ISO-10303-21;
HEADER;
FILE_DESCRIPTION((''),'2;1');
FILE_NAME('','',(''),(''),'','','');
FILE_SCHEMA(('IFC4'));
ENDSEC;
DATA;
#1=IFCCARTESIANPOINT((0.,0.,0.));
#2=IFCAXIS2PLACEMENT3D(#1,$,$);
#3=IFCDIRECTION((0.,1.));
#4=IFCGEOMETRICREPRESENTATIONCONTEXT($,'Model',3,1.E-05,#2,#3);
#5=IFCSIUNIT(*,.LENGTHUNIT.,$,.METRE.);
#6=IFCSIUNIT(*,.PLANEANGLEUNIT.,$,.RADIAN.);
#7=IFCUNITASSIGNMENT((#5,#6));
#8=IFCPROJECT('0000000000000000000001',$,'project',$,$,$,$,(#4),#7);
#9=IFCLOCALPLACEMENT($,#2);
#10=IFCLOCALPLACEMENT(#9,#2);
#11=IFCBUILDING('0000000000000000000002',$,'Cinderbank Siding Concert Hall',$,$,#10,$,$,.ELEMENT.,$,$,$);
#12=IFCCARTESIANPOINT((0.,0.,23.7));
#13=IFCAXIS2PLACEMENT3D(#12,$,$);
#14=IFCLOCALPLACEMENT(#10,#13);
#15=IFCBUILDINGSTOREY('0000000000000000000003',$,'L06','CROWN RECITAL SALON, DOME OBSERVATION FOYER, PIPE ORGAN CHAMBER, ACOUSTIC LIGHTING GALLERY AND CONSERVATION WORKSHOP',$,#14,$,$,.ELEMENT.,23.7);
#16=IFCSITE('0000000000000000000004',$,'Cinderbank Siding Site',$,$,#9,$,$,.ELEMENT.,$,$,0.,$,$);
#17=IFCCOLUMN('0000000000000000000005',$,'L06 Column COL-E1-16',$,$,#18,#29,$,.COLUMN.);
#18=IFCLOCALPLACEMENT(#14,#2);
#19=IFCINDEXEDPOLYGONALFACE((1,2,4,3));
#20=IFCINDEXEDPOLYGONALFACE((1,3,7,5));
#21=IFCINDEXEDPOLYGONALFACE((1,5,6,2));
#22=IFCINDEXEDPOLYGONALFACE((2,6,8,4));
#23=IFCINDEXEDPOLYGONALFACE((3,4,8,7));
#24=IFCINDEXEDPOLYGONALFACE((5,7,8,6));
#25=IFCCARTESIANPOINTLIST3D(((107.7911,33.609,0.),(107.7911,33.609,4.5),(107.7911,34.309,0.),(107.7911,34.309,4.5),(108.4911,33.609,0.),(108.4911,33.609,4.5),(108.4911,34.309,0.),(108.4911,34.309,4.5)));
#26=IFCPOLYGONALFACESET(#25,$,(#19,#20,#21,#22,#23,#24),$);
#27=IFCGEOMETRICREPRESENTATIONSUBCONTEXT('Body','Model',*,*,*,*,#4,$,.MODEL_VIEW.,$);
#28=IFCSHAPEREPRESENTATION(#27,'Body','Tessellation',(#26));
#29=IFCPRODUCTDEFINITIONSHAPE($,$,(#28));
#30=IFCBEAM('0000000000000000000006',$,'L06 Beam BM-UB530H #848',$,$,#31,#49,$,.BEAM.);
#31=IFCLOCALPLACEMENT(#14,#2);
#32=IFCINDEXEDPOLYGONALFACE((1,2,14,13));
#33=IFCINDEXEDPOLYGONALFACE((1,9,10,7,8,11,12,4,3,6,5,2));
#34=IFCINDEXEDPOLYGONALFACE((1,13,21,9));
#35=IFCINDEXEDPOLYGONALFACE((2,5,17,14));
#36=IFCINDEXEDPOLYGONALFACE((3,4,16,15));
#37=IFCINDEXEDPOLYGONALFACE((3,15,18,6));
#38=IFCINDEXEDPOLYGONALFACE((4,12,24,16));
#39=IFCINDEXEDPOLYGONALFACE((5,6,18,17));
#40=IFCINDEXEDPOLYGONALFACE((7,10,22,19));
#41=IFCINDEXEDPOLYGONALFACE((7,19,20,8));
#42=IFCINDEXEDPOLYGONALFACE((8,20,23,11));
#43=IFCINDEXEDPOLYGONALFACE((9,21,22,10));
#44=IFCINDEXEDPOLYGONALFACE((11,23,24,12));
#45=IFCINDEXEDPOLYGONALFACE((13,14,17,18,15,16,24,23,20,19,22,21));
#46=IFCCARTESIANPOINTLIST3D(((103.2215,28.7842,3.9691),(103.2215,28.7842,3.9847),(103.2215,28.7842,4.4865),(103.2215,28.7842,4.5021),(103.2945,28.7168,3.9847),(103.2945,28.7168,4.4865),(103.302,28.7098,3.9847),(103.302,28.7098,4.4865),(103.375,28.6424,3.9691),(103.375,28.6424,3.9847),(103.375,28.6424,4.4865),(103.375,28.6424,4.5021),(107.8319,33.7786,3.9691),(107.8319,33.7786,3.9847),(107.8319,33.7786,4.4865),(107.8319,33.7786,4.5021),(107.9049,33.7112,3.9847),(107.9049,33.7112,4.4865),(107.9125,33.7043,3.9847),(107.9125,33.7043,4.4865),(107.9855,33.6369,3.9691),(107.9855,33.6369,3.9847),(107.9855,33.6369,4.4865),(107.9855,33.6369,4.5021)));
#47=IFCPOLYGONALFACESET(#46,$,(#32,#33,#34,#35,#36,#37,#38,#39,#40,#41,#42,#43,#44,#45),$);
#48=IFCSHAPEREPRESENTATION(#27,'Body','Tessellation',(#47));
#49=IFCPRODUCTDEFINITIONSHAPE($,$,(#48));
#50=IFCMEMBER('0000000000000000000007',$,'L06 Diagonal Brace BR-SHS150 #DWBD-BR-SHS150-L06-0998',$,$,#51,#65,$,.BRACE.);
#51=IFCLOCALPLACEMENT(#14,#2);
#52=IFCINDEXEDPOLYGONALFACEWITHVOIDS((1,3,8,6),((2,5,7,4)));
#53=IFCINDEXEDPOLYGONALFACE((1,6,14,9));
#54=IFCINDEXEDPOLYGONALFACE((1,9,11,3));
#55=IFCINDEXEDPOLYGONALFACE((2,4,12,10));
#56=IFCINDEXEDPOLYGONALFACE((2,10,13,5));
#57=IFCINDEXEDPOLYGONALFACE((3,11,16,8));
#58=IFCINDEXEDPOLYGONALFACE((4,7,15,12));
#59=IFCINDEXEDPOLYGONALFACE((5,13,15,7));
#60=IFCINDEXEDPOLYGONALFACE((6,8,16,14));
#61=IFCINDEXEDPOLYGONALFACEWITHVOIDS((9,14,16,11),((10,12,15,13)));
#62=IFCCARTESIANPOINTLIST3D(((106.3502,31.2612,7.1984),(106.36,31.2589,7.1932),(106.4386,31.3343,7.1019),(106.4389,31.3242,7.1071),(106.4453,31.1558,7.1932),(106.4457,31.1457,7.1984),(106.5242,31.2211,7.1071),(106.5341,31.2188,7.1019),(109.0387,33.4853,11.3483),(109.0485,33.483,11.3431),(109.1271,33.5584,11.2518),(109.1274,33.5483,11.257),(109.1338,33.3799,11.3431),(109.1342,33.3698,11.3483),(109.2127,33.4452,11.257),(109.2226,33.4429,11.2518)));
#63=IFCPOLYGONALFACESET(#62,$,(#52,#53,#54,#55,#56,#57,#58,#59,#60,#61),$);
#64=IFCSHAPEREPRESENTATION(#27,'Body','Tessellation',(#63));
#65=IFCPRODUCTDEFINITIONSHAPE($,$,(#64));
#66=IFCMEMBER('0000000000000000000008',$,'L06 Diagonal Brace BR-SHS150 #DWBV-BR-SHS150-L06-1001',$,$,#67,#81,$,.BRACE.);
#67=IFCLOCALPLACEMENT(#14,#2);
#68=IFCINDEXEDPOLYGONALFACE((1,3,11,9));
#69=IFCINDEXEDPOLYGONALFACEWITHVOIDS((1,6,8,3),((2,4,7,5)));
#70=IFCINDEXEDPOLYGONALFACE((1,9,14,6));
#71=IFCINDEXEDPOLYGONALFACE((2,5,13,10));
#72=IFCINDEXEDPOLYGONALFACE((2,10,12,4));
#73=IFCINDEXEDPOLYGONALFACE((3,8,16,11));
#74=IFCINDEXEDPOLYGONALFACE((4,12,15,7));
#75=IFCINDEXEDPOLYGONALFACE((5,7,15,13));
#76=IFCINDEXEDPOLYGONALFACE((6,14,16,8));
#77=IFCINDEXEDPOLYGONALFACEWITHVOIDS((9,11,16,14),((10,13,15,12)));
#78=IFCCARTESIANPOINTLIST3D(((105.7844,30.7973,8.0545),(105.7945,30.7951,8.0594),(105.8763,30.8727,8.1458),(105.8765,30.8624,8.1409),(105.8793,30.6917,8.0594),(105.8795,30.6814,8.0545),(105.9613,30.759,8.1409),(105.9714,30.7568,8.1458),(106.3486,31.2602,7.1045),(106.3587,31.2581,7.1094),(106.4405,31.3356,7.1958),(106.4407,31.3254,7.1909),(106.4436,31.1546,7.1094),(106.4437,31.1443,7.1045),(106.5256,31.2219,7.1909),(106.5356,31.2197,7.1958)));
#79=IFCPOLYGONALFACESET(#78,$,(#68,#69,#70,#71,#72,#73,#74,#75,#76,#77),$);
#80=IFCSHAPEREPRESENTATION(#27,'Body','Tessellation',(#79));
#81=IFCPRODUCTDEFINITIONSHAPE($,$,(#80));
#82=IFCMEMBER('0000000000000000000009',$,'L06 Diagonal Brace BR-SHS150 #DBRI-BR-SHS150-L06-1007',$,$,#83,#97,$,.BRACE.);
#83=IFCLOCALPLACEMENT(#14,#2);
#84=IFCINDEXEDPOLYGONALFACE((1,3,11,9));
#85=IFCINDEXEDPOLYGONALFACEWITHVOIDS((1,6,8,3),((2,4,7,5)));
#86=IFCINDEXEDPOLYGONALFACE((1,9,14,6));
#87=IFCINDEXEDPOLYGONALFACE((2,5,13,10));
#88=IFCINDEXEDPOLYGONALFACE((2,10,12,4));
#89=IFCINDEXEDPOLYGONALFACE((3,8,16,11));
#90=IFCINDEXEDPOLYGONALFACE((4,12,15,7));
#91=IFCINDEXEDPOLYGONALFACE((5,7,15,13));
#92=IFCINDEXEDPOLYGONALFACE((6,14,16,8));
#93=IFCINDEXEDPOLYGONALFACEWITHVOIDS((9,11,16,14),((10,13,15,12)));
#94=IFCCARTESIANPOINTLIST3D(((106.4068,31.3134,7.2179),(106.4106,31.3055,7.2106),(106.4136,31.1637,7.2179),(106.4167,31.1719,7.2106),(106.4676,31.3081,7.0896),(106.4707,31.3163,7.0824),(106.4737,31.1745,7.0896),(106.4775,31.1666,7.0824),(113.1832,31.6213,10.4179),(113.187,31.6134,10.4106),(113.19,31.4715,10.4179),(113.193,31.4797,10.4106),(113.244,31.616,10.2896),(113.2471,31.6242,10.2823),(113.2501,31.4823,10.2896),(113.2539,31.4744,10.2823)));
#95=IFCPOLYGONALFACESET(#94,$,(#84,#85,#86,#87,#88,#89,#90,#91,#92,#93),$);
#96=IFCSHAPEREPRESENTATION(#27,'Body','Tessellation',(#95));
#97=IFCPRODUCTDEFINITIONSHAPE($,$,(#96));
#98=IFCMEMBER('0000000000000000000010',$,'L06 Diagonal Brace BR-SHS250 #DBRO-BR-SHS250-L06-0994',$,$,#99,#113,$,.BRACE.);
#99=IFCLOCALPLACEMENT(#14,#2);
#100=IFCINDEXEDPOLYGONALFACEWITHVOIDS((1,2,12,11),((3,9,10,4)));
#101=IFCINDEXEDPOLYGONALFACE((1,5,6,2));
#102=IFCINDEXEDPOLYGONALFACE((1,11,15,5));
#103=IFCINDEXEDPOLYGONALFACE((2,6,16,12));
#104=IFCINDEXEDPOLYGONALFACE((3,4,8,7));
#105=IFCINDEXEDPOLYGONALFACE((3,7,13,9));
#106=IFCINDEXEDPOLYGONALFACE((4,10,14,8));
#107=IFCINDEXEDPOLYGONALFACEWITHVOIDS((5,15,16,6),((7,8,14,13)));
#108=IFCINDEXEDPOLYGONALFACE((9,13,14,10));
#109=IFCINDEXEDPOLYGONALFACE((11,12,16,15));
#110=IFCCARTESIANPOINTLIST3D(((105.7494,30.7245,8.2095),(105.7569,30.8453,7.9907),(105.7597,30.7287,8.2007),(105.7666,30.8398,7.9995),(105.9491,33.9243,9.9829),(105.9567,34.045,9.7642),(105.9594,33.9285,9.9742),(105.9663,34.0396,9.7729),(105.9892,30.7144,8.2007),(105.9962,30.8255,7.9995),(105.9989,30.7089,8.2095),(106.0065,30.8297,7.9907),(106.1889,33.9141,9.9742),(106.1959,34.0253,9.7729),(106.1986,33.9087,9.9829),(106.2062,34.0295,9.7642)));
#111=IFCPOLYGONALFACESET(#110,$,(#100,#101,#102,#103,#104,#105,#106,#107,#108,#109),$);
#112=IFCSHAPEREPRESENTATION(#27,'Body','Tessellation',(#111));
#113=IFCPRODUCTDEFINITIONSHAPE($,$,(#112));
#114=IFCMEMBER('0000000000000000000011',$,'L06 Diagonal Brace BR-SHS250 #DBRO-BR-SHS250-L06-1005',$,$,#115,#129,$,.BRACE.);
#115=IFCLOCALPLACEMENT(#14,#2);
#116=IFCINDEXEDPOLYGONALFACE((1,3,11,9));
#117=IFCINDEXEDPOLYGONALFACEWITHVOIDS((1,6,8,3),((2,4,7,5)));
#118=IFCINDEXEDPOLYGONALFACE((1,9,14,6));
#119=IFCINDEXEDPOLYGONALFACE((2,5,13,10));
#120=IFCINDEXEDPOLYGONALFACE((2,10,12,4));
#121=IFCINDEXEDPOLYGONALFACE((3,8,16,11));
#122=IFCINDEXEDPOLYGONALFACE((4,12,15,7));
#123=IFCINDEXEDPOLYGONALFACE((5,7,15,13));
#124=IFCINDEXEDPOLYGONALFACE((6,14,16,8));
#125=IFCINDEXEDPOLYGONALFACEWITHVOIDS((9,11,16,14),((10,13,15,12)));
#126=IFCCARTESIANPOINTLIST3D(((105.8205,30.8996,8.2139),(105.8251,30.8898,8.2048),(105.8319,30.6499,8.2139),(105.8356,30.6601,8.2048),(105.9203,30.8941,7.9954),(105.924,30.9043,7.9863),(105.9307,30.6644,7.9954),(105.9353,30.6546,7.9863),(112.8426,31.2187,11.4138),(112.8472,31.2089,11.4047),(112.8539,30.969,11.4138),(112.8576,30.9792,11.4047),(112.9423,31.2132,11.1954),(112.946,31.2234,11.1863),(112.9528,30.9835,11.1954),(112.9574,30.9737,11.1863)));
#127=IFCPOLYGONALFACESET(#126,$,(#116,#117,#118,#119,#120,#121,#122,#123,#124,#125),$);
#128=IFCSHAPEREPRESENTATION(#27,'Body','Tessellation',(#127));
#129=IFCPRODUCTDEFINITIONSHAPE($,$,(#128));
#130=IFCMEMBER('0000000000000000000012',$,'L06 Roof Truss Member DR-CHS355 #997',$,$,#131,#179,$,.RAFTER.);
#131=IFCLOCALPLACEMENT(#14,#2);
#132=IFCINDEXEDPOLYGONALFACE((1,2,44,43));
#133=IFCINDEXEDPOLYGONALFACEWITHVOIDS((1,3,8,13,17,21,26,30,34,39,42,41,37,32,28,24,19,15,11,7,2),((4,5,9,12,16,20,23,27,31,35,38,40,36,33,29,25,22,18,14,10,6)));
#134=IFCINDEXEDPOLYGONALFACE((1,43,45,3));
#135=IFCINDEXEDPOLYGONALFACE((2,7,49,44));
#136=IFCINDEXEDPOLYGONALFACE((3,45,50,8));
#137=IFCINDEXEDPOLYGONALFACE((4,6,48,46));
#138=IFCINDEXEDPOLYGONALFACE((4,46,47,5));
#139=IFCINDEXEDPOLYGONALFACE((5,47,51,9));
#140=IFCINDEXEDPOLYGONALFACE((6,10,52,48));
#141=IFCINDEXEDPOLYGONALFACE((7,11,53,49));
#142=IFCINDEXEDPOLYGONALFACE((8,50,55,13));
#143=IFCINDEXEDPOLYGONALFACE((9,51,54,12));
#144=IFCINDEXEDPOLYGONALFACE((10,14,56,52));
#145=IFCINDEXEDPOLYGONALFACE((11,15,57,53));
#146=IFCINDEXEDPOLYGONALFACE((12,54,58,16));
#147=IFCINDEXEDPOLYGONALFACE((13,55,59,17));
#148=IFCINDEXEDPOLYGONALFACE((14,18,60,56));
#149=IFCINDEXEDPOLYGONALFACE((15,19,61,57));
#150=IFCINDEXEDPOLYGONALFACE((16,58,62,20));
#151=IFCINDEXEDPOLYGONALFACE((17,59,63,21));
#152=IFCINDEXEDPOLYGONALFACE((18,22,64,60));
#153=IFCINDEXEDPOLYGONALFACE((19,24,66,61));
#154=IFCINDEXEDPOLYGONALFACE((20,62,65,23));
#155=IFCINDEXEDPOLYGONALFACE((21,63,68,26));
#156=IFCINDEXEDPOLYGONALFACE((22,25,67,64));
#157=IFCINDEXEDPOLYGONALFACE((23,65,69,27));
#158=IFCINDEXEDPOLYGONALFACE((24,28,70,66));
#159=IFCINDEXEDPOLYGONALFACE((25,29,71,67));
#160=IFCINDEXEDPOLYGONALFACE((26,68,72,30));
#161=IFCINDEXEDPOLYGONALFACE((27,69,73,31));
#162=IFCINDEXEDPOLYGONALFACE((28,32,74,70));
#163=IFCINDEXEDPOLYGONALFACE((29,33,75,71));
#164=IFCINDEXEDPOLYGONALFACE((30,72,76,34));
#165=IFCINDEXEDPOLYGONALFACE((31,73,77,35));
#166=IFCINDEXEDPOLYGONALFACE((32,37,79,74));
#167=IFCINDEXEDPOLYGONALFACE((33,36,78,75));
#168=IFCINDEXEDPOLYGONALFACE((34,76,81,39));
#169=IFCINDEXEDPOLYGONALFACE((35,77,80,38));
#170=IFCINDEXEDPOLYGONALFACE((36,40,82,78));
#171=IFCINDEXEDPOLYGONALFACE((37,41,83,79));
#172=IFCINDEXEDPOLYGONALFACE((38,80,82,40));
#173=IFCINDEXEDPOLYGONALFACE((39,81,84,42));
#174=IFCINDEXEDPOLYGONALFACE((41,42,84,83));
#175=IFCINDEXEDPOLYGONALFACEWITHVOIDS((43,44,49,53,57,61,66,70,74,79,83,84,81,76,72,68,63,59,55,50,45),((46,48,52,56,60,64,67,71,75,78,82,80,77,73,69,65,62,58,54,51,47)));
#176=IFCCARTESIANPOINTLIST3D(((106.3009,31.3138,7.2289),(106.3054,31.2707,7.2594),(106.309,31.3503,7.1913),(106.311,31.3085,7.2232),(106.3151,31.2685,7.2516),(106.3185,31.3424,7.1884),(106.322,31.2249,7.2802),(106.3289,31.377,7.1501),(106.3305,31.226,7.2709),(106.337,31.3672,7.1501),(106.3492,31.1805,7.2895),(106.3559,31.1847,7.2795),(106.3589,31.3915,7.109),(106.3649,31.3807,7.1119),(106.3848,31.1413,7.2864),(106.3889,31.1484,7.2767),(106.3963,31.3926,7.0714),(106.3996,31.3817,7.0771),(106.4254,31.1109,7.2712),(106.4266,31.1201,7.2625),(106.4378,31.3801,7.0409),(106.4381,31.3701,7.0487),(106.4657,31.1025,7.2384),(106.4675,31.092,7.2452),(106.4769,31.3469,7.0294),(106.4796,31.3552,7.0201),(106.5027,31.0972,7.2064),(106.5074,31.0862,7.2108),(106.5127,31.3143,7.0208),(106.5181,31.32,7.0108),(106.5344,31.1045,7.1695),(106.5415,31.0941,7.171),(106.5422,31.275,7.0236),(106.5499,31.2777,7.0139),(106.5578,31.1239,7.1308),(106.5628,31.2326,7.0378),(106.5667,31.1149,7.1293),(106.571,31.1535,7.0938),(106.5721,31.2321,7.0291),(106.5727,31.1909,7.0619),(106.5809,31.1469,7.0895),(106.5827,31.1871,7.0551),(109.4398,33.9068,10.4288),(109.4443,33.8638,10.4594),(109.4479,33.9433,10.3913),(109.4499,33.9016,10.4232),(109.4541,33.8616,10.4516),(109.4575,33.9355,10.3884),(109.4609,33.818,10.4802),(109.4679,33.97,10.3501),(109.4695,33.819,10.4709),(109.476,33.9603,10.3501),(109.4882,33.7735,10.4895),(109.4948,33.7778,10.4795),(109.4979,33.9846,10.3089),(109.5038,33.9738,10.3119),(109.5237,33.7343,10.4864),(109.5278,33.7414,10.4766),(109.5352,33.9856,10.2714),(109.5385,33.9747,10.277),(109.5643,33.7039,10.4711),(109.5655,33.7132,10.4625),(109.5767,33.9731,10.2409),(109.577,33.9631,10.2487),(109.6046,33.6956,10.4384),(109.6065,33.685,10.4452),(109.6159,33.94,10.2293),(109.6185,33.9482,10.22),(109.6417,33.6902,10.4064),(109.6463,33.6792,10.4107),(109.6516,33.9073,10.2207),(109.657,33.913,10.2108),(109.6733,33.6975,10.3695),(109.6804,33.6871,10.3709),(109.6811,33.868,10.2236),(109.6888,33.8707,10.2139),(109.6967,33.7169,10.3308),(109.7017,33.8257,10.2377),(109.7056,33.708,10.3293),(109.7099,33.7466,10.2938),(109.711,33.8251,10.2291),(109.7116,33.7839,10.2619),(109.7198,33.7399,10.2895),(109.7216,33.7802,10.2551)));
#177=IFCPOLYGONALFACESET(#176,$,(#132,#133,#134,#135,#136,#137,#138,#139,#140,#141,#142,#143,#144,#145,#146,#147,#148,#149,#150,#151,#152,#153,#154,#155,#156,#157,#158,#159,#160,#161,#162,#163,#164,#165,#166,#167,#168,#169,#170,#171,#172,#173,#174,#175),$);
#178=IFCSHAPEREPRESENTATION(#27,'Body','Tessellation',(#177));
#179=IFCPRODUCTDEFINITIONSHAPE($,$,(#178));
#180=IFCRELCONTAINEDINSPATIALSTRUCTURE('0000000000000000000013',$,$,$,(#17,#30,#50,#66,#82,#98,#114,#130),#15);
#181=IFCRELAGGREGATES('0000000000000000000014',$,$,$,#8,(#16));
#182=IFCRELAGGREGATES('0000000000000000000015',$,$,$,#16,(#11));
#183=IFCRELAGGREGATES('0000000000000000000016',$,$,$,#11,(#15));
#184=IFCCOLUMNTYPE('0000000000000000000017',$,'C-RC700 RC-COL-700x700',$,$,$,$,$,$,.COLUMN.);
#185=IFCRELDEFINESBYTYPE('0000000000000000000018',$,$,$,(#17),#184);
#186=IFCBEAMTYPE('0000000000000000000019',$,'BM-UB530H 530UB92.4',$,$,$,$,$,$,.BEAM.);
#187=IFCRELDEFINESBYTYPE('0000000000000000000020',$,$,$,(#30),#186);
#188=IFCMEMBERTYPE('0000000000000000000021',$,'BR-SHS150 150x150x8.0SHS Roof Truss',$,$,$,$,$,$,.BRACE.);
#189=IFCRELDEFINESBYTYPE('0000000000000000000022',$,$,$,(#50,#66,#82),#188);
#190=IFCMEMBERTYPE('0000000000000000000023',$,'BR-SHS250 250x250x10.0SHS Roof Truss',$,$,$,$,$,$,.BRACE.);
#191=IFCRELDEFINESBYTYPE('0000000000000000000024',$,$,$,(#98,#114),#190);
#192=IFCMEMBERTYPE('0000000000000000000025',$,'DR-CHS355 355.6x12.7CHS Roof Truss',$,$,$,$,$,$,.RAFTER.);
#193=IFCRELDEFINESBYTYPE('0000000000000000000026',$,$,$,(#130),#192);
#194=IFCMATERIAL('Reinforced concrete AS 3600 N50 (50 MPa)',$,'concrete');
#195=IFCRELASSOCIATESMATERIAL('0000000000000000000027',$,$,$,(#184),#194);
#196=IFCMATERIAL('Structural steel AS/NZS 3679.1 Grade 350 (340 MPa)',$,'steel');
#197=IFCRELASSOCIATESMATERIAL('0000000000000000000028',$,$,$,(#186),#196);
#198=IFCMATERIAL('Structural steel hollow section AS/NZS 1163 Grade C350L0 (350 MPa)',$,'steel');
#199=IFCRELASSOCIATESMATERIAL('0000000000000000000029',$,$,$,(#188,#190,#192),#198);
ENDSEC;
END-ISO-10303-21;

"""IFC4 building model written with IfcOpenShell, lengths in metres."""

from ifc_helpers import new_model, si_unit, direction, frame, origin, origin_2d, place, context, subcontext, project, spatial, rectangle, hollow_rectangle, hollow_circle, i_section, extrude, material, material_profile, profile_set, type_object, element, save


model = new_model("IFC4")

# Units and contexts
model_context = context("Model", 3, precision=1e-05, world=origin(), true_north=direction((0.0, 1.0)))
body_context = subcontext(model_context, "Body", "Model", "MODEL_VIEW")
ifc_project = project(units=[si_unit("LENGTHUNIT", "METRE"), si_unit("PLANEANGLEUNIT", "RADIAN")], contexts=[model_context])

# Site, building, storey
site_placement = place(None, origin())
site = spatial("IfcSite", under=ifc_project, at=site_placement, Name="Cinderbank Siding Site", CompositionType="ELEMENT", RefElevation=0.0)
building_placement = place(site_placement, origin())
building = spatial("IfcBuilding", under=site, at=building_placement, Name="Cinderbank Siding Concert Hall", CompositionType="ELEMENT")
storey_placement = place(building_placement, frame((0.0, 0.0, 23.7)))
storey = spatial("IfcBuildingStorey", under=building, at=storey_placement, Name="L06", Description="CROWN RECITAL SALON, DOME OBSERVATION FOYER, PIPE ORGAN CHAMBER, ACOUSTIC LIGHTING GALLERY AND CONSERVATION WORKSHOP", CompositionType="ELEMENT", Elevation=23.7)

# Column
ifc_material_1 = material(Name="Reinforced concrete AS 3600 N50 (50 MPa)", Category="concrete")
ifc_material_profile_1 = material_profile(ifc_material_1, rectangle(XDim=0.7, YDim=0.7, at=origin_2d()), Name="RC-COL-700x700", Category="LoadBearing")
ifc_profile_set_1 = profile_set([ifc_material_profile_1], Name="Reinforced concrete AS 3600 N50 (50 MPa)")
column_type = type_object("IfcColumnType", Name="C-RC700 RC-COL-700x700", PredefinedType="COLUMN", material=ifc_profile_set_1)
column_placement = place(storey_placement, frame((108.1411, 33.959, 0.0), z_axis=(0.0, 0.0, 1.0), x_axis=(1.0, 0.0, 0.0)))
element("IfcColumn", 1, at=column_placement, inside=storey, type_object=column_type, Name="L06 Column COL-E1-16", PredefinedType="COLUMN", context=body_context, shape_type="SweptSolid", body=[
    extrude(rectangle(XDim=0.7, YDim=0.7, at=origin_2d()), origin(), (0.0, 0.0, 1.0), 4.5),
])

# Beam
ifc_material_2 = material(Name="Structural steel AS/NZS 3679.1 Grade 350 (340 MPa)", Category="steel")
ifc_material_profile_2 = material_profile(ifc_material_2, i_section(OverallWidth=0.209, OverallDepth=0.533, WebThickness=0.0103, FlangeThickness=0.0156, at=origin_2d()), Name="530UB92.4", Category="LoadBearing")
ifc_profile_set_2 = profile_set([ifc_material_profile_2], Name="Structural steel AS/NZS 3679.1 Grade 350 (340 MPa)")
beam_type = type_object("IfcBeamType", Name="BM-UB530H 530UB92.4", PredefinedType="BEAM", material=ifc_profile_set_2)
beam_placement = place(storey_placement, frame((107.9087, 33.7078, 4.2356), z_axis=(-0.678292, -0.734792, 0.0), x_axis=(0.734792, -0.678292, 0.0)))
element("IfcBeam", 2, at=beam_placement, inside=storey, type_object=beam_type, Name="L06 Beam BM-UB530H #848", PredefinedType="BEAM", context=body_context, shape_type="SweptSolid", body=[
    extrude(i_section(OverallWidth=0.209, OverallDepth=0.533, WebThickness=0.0103, FlangeThickness=0.0156, at=origin_2d()), origin(), (0.0, 0.0, 1.0), 6.7971),
])

# Members
ifc_material_3 = material(Name="Structural steel hollow section AS/NZS 1163 Grade C350L0 (350 MPa)", Category="steel")
ifc_material_profile_3 = material_profile(ifc_material_3, hollow_rectangle(XDim=0.1499, YDim=0.1499, WallThickness=0.0081, at=origin_2d()), Name="150x150x8.0SHS", Category="LoadBearing")
ifc_profile_set_3 = profile_set([ifc_material_profile_3], Name="Structural steel hollow section AS/NZS 1163 Grade C350L0 (350 MPa)")
member_type_1 = type_object("IfcMemberType", Name="BR-SHS150 150x150x8.0SHS Roof Truss", PredefinedType="BRACE", material=ifc_profile_set_3)
member_1_placement = place(storey_placement, frame((106.4421, 31.24, 7.1501), z_axis=(0.495861, 0.410215, 0.765405), x_axis=(-0.637427, 0.77051, 0.0)))
element("IfcMember", 3, at=member_1_placement, inside=storey, type_object=member_type_1, Name="L06 Diagonal Brace BR-SHS150 #DWBD-BR-SHS150-L06-0998", PredefinedType="BRACE", context=body_context, shape_type="SweptSolid", body=[
    extrude(hollow_rectangle(XDim=0.1499, YDim=0.1499, WallThickness=0.0081, at=origin_2d()), origin(), (0.0, 0.0, 1.0), 5.4219),
])
member_2_placement = place(storey_placement, frame((106.4421, 31.24, 7.1501), z_axis=(-0.470991, -0.386413, 0.793002), x_axis=(0.634276, -0.773107, 0.0)))
element("IfcMember", 4, at=member_2_placement, inside=storey, type_object=member_type_1, Name="L06 Diagonal Brace BR-SHS150 #DWBV-BR-SHS150-L06-1001", PredefinedType="BRACE", context=body_context, shape_type="SweptSolid", body=[
    extrude(hollow_rectangle(XDim=0.1499, YDim=0.1499, WallThickness=0.0081, at=origin_2d()), origin(), (0.0, 0.0, 1.0), 1.198),
])
member_3_placement = place(storey_placement, frame((106.4421, 31.24, 7.1501), z_axis=(0.903487, 0.041047, 0.426646), x_axis=(-0.045385, 0.99897, 0.0)))
element("IfcMember", 5, at=member_3_placement, inside=storey, type_object=member_type_1, Name="L06 Diagonal Brace BR-SHS150 #DBRI-BR-SHS150-L06-1007", PredefinedType="BRACE", context=body_context, shape_type="SweptSolid", body=[
    extrude(hollow_rectangle(XDim=0.1499, YDim=0.1499, WallThickness=0.0081, at=origin_2d()), origin(), (0.0, 0.0, 1.0), 7.5002),
])
ifc_material_profile_4 = material_profile(ifc_material_3, hollow_rectangle(XDim=0.25, YDim=0.25, WallThickness=0.01, at=origin_2d()), Name="250x250x10.0SHS", Category="LoadBearing")
ifc_profile_set_4 = profile_set([ifc_material_profile_4], Name="Structural steel hollow section AS/NZS 1163 Grade C350L0 (350 MPa)")
member_type_2 = type_object("IfcMemberType", Name="BR-SHS250 250x250x10.0SHS Roof Truss", PredefinedType="BRACE", material=ifc_profile_set_4)
member_4_placement = place(storey_placement, frame((105.8779, 30.7771, 8.1001), z_axis=(0.054509, 0.873341, 0.484049), x_axis=(-0.998058, 0.062293, 0.0)))
element("IfcMember", 6, at=member_4_placement, inside=storey, type_object=member_type_2, Name="L06 Diagonal Brace BR-SHS250 #DBRO-BR-SHS250-L06-0994", PredefinedType="BRACE", context=body_context, shape_type="SweptSolid", body=[
    extrude(hollow_rectangle(XDim=0.25, YDim=0.25, WallThickness=0.01, at=origin_2d()), origin(), (0.0, 0.0, 1.0), 3.6638),
])
member_5_placement = place(storey_placement, frame((105.8779, 30.7771, 8.1001), z_axis=(0.909191, 0.041315, 0.414323), x_axis=(-0.045395, 0.998969, 0.0)))
element("IfcMember", 7, at=member_5_placement, inside=storey, type_object=member_type_2, Name="L06 Diagonal Brace BR-SHS250 #DBRO-BR-SHS250-L06-1005", PredefinedType="BRACE", context=body_context, shape_type="SweptSolid", body=[
    extrude(hollow_rectangle(XDim=0.25, YDim=0.25, WallThickness=0.01, at=origin_2d()), origin(), (0.0, 0.0, 1.0), 7.7234),
])
ifc_material_profile_5 = material_profile(ifc_material_3, hollow_circle(Radius=0.1777, WallThickness=0.0127, at=origin_2d()), Name="355.6x12.7CHS", Category="LoadBearing")
ifc_profile_set_5 = profile_set([ifc_material_profile_5], Name="Structural steel hollow section AS/NZS 1163 Grade C350L0 (350 MPa)")
member_type_3 = type_object("IfcMemberType", Name="DR-CHS355 355.6x12.7CHS Roof Truss", PredefinedType="RAFTER", material=ifc_profile_set_5)
member_6_placement = place(storey_placement, frame((106.4421, 31.24, 7.1501), z_axis=(0.606151, 0.500734, 0.617938), x_axis=(-0.636881, 0.770962, 0.0)))
element("IfcMember", 8, at=member_6_placement, inside=storey, type_object=member_type_3, Name="L06 Roof Truss Member DR-CHS355 #997", PredefinedType="RAFTER", context=body_context, shape_type="SweptSolid", body=[
    extrude(hollow_circle(Radius=0.1777, WallThickness=0.0127, at=origin_2d()), origin(), (0.0, 0.0, 1.0), 5.1785),
])

save(model, "model.ifc")
